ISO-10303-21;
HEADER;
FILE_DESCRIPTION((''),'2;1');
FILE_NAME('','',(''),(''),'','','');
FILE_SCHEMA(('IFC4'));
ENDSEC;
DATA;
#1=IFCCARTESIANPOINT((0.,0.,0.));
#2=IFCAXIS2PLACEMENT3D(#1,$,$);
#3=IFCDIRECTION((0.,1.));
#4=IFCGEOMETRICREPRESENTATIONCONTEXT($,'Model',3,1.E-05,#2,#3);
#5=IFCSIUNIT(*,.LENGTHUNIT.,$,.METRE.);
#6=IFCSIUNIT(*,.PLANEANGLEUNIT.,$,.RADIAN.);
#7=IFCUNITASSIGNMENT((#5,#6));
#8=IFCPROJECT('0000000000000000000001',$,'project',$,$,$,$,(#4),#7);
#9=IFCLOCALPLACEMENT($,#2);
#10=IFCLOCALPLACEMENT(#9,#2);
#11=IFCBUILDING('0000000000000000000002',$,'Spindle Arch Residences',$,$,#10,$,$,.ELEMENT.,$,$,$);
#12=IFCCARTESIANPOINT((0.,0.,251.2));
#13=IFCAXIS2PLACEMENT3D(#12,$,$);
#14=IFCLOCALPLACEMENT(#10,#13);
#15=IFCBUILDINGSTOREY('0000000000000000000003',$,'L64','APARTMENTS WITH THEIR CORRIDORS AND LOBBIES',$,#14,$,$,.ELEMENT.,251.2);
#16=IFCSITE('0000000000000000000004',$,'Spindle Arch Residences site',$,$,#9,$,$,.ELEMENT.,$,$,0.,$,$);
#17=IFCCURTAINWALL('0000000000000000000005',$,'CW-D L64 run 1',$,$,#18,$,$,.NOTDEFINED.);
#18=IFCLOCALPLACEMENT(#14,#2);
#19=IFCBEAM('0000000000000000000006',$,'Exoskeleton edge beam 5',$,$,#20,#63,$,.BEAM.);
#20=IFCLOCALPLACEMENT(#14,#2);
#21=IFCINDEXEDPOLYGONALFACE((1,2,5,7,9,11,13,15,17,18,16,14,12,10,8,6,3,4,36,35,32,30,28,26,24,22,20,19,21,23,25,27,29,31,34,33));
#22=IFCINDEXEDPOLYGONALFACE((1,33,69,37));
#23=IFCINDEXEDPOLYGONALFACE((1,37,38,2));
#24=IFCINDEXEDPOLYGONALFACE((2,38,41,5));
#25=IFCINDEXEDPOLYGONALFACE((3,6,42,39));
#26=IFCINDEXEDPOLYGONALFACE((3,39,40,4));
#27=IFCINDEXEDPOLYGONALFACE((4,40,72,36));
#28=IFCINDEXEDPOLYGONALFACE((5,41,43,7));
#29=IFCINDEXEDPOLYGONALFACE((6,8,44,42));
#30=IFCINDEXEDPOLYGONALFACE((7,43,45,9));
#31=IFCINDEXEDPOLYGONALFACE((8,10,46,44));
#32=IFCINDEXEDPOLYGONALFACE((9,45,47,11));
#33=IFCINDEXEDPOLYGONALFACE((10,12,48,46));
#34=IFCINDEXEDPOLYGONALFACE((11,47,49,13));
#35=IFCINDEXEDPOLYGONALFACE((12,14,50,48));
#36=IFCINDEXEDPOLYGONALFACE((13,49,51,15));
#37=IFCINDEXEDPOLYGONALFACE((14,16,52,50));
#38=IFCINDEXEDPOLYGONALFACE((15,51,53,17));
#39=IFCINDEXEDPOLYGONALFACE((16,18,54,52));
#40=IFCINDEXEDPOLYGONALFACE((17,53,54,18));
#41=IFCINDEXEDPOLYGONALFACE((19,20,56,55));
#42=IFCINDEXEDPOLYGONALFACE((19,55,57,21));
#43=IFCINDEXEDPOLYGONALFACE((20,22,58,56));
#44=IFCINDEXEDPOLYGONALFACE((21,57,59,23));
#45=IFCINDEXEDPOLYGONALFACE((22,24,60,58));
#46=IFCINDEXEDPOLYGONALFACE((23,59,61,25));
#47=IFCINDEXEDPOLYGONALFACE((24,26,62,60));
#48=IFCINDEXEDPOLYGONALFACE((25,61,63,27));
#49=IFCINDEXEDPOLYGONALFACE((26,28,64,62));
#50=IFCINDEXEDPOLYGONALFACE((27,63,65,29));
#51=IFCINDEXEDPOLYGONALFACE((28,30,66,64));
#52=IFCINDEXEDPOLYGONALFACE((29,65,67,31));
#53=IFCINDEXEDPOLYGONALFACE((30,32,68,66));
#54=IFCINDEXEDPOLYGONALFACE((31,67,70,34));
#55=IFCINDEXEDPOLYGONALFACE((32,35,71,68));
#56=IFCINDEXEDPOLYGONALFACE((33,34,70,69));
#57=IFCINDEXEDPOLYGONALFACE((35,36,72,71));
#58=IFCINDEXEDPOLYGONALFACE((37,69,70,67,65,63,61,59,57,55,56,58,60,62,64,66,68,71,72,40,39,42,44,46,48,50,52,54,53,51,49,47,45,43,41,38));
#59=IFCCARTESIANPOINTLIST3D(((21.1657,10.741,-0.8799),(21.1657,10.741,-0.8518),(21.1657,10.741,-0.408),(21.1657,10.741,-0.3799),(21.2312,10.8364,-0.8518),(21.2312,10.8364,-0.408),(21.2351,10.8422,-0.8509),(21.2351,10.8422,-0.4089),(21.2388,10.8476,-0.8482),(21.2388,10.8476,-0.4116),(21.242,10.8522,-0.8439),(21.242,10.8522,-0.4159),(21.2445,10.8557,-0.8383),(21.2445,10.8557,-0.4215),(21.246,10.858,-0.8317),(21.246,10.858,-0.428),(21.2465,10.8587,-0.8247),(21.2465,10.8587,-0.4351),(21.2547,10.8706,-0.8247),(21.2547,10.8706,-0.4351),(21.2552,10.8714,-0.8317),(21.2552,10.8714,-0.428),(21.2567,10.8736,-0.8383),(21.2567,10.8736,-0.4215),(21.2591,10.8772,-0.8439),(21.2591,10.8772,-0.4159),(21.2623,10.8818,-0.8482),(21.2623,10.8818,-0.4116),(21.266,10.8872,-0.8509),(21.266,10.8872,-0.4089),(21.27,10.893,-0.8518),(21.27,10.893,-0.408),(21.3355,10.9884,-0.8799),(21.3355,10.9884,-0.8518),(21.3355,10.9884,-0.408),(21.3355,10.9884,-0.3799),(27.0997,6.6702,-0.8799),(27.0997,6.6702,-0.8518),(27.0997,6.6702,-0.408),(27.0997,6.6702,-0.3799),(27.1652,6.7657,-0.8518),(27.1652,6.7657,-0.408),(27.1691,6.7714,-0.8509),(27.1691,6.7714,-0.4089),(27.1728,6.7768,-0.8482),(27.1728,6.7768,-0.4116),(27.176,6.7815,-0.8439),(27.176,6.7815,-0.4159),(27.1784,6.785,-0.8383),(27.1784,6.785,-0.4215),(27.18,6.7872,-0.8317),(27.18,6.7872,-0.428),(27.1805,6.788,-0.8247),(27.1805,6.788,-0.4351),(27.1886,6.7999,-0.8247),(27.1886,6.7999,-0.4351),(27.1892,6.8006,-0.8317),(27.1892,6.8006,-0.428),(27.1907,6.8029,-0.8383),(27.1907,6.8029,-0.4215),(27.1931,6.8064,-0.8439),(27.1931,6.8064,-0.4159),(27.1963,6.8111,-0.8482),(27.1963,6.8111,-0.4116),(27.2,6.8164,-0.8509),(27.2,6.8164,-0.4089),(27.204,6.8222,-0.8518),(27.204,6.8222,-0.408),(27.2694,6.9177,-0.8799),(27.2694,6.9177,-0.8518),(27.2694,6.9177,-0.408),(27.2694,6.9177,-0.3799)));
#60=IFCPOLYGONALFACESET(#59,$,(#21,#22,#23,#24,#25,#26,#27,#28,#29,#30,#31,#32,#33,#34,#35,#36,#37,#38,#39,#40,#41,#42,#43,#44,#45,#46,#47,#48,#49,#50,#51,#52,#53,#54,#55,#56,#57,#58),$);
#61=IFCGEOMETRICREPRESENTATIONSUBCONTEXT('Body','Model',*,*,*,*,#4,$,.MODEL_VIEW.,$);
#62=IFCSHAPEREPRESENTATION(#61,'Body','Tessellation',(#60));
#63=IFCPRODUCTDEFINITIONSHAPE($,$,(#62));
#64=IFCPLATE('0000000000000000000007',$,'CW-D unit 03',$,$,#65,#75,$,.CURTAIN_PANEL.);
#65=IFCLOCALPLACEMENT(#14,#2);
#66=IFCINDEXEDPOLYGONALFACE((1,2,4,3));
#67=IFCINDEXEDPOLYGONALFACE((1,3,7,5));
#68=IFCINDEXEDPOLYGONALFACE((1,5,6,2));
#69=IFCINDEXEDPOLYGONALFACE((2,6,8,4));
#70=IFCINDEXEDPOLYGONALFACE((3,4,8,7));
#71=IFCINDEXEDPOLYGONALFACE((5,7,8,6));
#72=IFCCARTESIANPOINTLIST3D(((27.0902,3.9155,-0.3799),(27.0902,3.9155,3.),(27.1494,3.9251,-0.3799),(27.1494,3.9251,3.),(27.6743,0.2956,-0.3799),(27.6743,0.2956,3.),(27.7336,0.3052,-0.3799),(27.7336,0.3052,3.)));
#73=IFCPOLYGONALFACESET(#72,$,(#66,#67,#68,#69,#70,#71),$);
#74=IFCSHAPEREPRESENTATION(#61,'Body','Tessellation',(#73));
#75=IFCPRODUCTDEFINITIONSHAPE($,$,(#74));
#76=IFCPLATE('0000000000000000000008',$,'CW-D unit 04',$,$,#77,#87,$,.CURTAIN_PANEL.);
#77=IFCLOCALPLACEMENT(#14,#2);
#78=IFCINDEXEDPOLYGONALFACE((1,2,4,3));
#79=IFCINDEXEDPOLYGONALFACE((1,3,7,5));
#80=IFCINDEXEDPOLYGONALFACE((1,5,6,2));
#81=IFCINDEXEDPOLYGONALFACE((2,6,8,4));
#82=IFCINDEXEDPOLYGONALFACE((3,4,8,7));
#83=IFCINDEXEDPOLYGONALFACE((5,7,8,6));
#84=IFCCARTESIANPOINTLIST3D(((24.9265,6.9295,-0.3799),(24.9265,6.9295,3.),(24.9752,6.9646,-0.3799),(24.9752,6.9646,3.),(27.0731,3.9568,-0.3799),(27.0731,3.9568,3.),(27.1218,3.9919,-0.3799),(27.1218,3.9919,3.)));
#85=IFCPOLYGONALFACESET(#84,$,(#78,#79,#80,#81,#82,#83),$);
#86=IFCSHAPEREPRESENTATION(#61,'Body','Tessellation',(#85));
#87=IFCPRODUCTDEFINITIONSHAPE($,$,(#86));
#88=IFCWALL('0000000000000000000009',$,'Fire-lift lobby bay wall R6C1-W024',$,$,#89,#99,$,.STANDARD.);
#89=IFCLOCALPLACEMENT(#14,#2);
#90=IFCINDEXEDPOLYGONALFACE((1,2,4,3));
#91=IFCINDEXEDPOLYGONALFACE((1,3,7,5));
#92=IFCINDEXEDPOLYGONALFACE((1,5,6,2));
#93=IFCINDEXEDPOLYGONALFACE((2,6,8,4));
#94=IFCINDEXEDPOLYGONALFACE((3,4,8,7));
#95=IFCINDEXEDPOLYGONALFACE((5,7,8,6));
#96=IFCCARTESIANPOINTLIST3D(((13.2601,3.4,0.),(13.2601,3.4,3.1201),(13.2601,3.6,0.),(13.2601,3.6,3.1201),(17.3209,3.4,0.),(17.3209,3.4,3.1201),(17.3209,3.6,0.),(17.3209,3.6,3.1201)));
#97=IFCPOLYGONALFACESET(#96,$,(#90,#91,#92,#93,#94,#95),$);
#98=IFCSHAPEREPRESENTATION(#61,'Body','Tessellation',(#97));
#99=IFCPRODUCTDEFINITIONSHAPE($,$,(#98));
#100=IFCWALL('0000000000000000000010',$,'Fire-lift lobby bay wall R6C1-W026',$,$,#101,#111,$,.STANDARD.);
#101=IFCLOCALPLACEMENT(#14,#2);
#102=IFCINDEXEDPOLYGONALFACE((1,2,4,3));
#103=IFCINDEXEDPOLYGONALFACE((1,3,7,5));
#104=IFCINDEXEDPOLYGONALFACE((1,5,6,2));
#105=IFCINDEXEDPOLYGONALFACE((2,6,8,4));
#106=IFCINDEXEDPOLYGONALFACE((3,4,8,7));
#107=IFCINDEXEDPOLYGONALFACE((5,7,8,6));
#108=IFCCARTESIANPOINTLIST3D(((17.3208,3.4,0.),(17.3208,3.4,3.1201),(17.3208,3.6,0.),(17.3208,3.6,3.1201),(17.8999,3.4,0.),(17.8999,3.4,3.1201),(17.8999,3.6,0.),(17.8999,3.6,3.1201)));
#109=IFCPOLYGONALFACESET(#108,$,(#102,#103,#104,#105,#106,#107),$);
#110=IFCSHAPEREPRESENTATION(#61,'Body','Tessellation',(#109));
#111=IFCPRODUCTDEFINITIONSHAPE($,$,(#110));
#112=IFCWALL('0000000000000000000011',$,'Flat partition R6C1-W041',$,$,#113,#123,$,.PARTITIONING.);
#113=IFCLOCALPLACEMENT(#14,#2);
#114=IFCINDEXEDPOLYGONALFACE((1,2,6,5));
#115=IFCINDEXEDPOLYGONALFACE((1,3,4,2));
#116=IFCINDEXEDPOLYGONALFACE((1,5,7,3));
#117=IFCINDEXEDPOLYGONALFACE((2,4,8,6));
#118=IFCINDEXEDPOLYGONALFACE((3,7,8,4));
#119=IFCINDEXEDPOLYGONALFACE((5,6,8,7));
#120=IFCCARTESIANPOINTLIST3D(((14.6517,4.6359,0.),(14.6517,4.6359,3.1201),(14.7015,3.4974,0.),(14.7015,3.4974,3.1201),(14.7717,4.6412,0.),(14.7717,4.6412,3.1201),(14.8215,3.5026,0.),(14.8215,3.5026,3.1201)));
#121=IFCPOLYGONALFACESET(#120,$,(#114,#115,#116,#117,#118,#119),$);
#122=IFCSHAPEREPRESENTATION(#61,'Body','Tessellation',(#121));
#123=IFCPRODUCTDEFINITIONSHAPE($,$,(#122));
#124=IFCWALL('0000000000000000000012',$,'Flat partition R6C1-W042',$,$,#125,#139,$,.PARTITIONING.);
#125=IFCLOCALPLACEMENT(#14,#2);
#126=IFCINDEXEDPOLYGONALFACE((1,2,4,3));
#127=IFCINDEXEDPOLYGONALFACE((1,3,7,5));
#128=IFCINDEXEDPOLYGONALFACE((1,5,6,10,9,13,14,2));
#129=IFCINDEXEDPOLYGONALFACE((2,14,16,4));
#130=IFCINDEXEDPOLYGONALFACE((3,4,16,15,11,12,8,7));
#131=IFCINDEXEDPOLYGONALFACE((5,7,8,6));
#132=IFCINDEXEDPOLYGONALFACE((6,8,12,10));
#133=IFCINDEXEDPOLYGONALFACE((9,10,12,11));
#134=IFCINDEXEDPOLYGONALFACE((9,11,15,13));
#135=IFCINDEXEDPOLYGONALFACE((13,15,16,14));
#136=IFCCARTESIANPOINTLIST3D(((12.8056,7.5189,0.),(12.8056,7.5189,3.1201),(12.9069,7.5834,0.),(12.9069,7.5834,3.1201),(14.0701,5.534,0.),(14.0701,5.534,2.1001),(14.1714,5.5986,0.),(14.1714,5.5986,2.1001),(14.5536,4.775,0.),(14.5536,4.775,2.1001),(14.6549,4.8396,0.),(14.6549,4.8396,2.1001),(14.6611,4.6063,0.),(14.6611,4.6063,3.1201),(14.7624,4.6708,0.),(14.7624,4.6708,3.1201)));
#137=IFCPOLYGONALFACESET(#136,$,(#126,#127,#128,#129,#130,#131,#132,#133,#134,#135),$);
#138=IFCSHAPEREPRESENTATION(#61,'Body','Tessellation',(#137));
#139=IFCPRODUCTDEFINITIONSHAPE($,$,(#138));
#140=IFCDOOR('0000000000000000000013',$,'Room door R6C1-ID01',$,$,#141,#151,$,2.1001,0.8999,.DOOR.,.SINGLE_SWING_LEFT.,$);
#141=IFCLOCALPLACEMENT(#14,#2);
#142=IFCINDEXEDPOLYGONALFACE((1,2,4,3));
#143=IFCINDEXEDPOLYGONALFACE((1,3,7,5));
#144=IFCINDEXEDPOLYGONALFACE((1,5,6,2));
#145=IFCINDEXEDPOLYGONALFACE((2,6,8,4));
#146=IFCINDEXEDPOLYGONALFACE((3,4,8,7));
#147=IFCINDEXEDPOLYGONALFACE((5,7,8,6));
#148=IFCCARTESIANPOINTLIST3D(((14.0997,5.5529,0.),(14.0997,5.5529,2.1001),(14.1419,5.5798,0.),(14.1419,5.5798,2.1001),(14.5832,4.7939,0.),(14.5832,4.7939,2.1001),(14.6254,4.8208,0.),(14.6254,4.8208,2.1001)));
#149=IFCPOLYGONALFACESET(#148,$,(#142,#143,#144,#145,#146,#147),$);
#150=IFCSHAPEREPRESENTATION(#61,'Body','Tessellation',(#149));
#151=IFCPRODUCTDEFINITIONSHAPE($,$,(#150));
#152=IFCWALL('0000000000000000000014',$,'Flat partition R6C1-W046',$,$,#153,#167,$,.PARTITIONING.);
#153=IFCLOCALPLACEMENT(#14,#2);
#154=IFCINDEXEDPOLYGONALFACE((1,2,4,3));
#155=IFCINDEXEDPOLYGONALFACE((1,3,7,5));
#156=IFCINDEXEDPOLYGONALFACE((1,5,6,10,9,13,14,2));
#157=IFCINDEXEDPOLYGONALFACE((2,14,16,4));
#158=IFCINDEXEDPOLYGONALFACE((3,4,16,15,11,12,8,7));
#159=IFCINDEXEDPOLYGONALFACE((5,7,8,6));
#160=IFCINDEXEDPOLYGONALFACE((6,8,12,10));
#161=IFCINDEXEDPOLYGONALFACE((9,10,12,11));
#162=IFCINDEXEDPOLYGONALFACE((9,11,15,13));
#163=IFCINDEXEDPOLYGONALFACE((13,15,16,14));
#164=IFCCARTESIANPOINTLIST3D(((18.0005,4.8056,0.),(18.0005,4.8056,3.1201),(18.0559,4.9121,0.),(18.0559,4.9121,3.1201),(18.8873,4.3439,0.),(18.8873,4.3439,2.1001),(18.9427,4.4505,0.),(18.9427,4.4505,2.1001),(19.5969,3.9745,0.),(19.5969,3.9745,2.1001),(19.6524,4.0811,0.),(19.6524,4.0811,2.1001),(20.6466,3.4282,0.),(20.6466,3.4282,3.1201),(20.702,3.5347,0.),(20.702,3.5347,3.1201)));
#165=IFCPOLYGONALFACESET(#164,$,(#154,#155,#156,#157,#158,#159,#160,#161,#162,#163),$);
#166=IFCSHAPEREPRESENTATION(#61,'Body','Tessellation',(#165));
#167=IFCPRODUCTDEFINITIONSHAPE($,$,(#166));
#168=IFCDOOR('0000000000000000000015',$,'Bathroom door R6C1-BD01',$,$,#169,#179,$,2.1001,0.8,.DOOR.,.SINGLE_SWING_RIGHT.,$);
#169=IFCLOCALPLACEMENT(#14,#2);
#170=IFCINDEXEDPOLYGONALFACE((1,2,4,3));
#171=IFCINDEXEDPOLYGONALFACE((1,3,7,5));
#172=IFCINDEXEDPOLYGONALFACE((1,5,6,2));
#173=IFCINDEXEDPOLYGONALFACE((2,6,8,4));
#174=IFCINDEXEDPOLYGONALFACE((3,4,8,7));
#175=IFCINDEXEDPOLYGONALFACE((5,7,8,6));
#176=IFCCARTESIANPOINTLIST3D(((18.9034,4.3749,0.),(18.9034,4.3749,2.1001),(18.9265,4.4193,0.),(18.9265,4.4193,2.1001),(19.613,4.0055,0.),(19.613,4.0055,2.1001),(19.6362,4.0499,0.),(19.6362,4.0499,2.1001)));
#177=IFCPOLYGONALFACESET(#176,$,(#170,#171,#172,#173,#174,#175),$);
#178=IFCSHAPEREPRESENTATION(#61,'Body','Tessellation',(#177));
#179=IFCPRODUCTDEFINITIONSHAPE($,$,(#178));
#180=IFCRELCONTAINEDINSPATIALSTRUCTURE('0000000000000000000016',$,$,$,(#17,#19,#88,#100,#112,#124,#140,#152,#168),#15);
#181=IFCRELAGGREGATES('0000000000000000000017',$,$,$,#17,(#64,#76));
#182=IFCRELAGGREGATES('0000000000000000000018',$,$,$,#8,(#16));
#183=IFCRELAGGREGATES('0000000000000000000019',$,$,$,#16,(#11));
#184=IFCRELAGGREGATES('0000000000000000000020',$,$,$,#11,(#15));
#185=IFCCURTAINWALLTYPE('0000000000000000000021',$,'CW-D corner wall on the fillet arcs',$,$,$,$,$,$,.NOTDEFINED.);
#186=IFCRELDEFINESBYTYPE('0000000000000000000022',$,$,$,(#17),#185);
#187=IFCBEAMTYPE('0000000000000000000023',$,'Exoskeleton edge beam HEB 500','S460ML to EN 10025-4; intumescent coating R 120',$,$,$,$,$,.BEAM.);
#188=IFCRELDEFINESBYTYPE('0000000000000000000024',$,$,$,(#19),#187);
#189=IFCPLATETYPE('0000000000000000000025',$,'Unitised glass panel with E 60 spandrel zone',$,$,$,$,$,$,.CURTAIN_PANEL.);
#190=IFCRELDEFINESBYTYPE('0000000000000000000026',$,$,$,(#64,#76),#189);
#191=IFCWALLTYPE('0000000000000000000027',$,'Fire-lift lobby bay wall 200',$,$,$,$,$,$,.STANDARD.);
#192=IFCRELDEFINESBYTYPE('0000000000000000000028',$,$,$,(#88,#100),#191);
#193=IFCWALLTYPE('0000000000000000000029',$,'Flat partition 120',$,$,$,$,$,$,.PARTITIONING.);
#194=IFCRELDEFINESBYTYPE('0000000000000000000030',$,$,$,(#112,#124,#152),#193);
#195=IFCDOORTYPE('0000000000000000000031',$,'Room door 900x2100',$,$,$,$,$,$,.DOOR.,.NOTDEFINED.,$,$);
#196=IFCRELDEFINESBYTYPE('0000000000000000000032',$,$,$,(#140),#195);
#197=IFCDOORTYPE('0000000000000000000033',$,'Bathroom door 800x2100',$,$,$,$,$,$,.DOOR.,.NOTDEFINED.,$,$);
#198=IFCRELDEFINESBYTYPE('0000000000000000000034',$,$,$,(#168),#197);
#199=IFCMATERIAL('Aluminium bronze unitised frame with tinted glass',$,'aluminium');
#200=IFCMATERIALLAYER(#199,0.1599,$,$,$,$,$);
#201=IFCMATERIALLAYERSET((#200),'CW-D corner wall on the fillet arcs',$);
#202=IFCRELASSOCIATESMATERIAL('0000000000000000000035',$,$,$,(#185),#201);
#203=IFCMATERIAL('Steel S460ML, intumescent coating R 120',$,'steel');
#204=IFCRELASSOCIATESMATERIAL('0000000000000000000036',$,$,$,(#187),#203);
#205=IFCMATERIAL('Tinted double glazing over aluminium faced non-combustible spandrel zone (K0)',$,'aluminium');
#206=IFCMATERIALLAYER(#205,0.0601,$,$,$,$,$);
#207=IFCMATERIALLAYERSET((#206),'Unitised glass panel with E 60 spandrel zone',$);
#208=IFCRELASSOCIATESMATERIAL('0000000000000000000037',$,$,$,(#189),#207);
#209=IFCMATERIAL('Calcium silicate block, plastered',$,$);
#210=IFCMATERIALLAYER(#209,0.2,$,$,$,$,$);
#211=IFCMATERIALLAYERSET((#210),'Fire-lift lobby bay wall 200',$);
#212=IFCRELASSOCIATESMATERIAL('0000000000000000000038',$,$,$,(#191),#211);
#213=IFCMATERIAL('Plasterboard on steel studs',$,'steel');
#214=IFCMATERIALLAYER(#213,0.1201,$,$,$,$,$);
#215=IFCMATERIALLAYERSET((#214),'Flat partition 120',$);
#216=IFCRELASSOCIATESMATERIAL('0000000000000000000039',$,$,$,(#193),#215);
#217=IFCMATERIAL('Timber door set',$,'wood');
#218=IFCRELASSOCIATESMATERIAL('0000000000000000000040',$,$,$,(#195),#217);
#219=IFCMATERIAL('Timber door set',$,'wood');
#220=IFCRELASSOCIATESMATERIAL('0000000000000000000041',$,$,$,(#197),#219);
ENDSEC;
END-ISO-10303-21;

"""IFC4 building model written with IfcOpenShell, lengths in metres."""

from ifc_helpers import new_model, si_unit, direction, frame, frame_2d, origin, origin_2d, place, context, subcontext, project, spatial, rectangle, i_section, extrude, material, layer, layer_set, material_profile, profile_set, type_object, element, fill, aggregate, save


model = new_model("IFC4")

# Units and contexts
model_context = context("Model", 3, precision=1e-05, world=origin(), true_north=direction((0.0, 1.0)))
body_context = subcontext(model_context, "Body", "Model", "MODEL_VIEW")
ifc_project = project(units=[si_unit("LENGTHUNIT", "METRE"), si_unit("PLANEANGLEUNIT", "RADIAN")], contexts=[model_context])

# Site, building, storey
site_placement = place(None, origin())
site = spatial("IfcSite", under=ifc_project, at=site_placement, Name="Spindle Arch Residences site", CompositionType="ELEMENT", RefElevation=0.0)
building_placement = place(site_placement, origin())
building = spatial("IfcBuilding", under=site, at=building_placement, Name="Spindle Arch Residences", CompositionType="ELEMENT")
storey_placement = place(building_placement, frame((0.0, 0.0, 251.2)))
storey = spatial("IfcBuildingStorey", under=building, at=storey_placement, Name="L64", Description="APARTMENTS WITH THEIR CORRIDORS AND LOBBIES", CompositionType="ELEMENT", Elevation=251.2)

# Curtain wall
ifc_material_1 = material(Name="Aluminium bronze unitised frame with tinted glass", Category="aluminium")
ifc_layer_1 = layer(ifc_material_1, 0.1599)
ifc_layer_set_1 = layer_set([ifc_layer_1], Name="CW-D corner wall on the fillet arcs")
curtain_wall_type = type_object("IfcCurtainWallType", Name="CW-D corner wall on the fillet arcs", PredefinedType="NOTDEFINED", material=ifc_layer_set_1)
curtain_wall_placement = place(storey_placement, origin())
curtain_wall = element("IfcCurtainWall", 1, at=curtain_wall_placement, inside=storey, type_object=curtain_wall_type, Name="CW-D L64 run 1", PredefinedType="NOTDEFINED")

# Beam
ifc_material_2 = material(Name="Steel S460ML, intumescent coating R 120", Category="steel")
ifc_material_profile_1 = material_profile(ifc_material_2, i_section(OverallWidth=0.3, OverallDepth=0.5, WebThickness=0.0144, FlangeThickness=0.0281, FilletRadius=0.0271, at=origin_2d()), Name="HEB 500")
ifc_profile_set_1 = profile_set([ifc_material_profile_1], Name="Steel S460ML, intumescent coating R 120")
beam_type = type_object("IfcBeamType", Name="Exoskeleton edge beam HEB 500", Description="S460ML to EN 10025-4; intumescent coating R 120", PredefinedType="BEAM", material=ifc_profile_set_1)
beam_placement = place(storey_placement, frame((27.1846, 6.7939, -0.6299), z_axis=(-0.824618, 0.565691, 0.0), x_axis=(-0.565691, -0.824618, 0.0)))
element("IfcBeam", 2, at=beam_placement, inside=storey, type_object=beam_type, Name="Exoskeleton edge beam 5", PredefinedType="BEAM", context=body_context, shape_type="SweptSolid", body=[
    extrude(i_section(OverallWidth=0.3, OverallDepth=0.5, WebThickness=0.0144, FlangeThickness=0.0281, FilletRadius=0.0271, at=origin_2d()), origin(), (0.0, 0.0, 1.0), 7.196),
])

# Plates
ifc_material_3 = material(Name="Tinted double glazing over aluminium faced non-combustible spandrel zone (K0)", Category="aluminium")
ifc_layer_2 = layer(ifc_material_3, 0.0601)
ifc_layer_set_2 = layer_set([ifc_layer_2], Name="Unitised glass panel with E 60 spandrel zone")
plate_type = type_object("IfcPlateType", Name="Unitised glass panel with E 60 spandrel zone", PredefinedType="CURTAIN_PANEL", material=ifc_layer_set_2)
plate_1_placement = place(storey_placement, frame((27.4119, 2.1104, -0.3799), z_axis=(0.0, 0.0, 1.0), x_axis=(-0.159307, 0.987229, 0.0)))
plate_1 = element("IfcPlate", 3, at=plate_1_placement, type_object=plate_type, Name="CW-D unit 03", PredefinedType="CURTAIN_PANEL", context=body_context, shape_type="SweptSolid", body=[
    extrude(rectangle(XDim=3.6667, YDim=0.0601, at=origin_2d()), origin(), (0.0, 0.0, 1.0), 3.3799),
])
plate_2_placement = place(storey_placement, frame((26.0242, 5.4607, -0.3799), z_axis=(0.0, 0.0, 1.0), x_axis=(-0.585429, 0.810723, 0.0)))
plate_2 = element("IfcPlate", 4, at=plate_2_placement, type_object=plate_type, Name="CW-D unit 04", PredefinedType="CURTAIN_PANEL", context=body_context, shape_type="SweptSolid", body=[
    extrude(rectangle(XDim=3.6667, YDim=0.0601, at=origin_2d()), origin(), (0.0, 0.0, 1.0), 3.3799),
])
aggregate(curtain_wall, [plate_1, plate_2])

# Walls
ifc_material_4 = material(Name="Calcium silicate block, plastered")
ifc_layer_3 = layer(ifc_material_4, 0.2)
ifc_layer_set_3 = layer_set([ifc_layer_3], Name="Fire-lift lobby bay wall 200")
wall_type_1 = type_object("IfcWallType", Name="Fire-lift lobby bay wall 200", PredefinedType="STANDARD", material=ifc_layer_set_3)
wall_1_placement = place(storey_placement, frame((17.3208, 3.5, 0.0), z_axis=(0.0, 0.0, 1.0), x_axis=(-1.0, 0.0, 0.0)))
element("IfcWall", 5, at=wall_1_placement, inside=storey, type_object=wall_type_1, Name="Fire-lift lobby bay wall R6C1-W024", PredefinedType="STANDARD", context=body_context, shape_type="SweptSolid", body=[
    extrude(rectangle(XDim=4.0608, YDim=0.2, at=frame_2d((2.0303, 0.0))), origin(), (0.0, 0.0, 1.0), 3.1201),
])
wall_2_placement = place(storey_placement, frame((17.8999, 3.5, 0.0), z_axis=(0.0, 0.0, 1.0), x_axis=(-1.0, 0.0, 0.0)))
element("IfcWall", 6, at=wall_2_placement, inside=storey, type_object=wall_type_1, Name="Fire-lift lobby bay wall R6C1-W026", PredefinedType="STANDARD", context=body_context, shape_type="SweptSolid", body=[
    extrude(rectangle(XDim=0.5791, YDim=0.2, at=frame_2d((0.2896, 0.0))), origin(), (0.0, 0.0, 1.0), 3.1201),
])
ifc_material_5 = material(Name="Plasterboard on steel studs", Category="steel")
ifc_layer_4 = layer(ifc_material_5, 0.1201)
ifc_layer_set_4 = layer_set([ifc_layer_4], Name="Flat partition 120")
wall_type_2 = type_object("IfcWallType", Name="Flat partition 120", PredefinedType="PARTITIONING", material=ifc_layer_set_4)
wall_3_placement = place(storey_placement, frame((14.7615, 3.5, 0.0), z_axis=(0.0, 0.0, 1.0), x_axis=(-0.043698, 0.999045, 0.0)))
element("IfcWall", 7, at=wall_3_placement, inside=storey, type_object=wall_type_2, Name="Flat partition R6C1-W041", PredefinedType="PARTITIONING", context=body_context, shape_type="SweptSolid", body=[
    extrude(rectangle(XDim=1.1396, YDim=0.1201, at=frame_2d((0.5698, 0.0))), origin(), (0.0, 0.0, 1.0), 3.1201),
])

# Walls, openings, doors
wall_4_placement = place(storey_placement, frame((14.7117, 4.6387, 0.0), z_axis=(0.0, 0.0, 1.0), x_axis=(-0.537287, 0.843399, 0.0)))
wall_4 = element("IfcWall", 8, at=wall_4_placement, inside=storey, type_object=wall_type_2, Name="Flat partition R6C1-W042", PredefinedType="PARTITIONING", context=body_context, shape_type="SweptSolid", body=[
    extrude(rectangle(XDim=3.4534, YDim=0.1201, at=frame_2d((1.7266, 0.0))), origin(), (0.0, 0.0, 1.0), 3.1201),
])
opening_1_placement = place(wall_4_placement, frame((0.2, 0.0, 0.0)))
opening_1 = element("IfcOpeningElement", 9, at=opening_1_placement, cuts=wall_4, PredefinedType="OPENING", context=body_context, shape_type="SweptSolid", body=[
    extrude(rectangle(XDim=0.8999, YDim=2.1001, at=frame_2d((0.45, 1.05))), frame((0.0, 0.0701, 0.0), z_axis=(0.0, -1.0, 0.0), x_axis=(1.0, 0.0, 0.0)), (0.0, 0.0, 1.0), 0.1401),
])
ifc_material_6 = material(Name="Timber door set", Category="wood")
door_type_1 = type_object("IfcDoorType", Name="Room door 900x2100", OperationType="NOTDEFINED", PredefinedType="DOOR", material=ifc_material_6)
door_1_placement = place(opening_1_placement, origin())
door_1 = element("IfcDoor", 10, at=door_1_placement, inside=storey, type_object=door_type_1, Name="Room door R6C1-ID01", OperationType="SINGLE_SWING_LEFT", OverallHeight=2.1001, OverallWidth=0.8999, PredefinedType="DOOR", context=body_context, shape_type="SweptSolid", body=[
    extrude(rectangle(XDim=0.8999, YDim=2.1001, at=frame_2d((0.45, 1.05))), frame((0.0, 0.0249, 0.0), z_axis=(0.0, -1.0, 0.0), x_axis=(1.0, 0.0, 0.0)), (0.0, 0.0, 1.0), 0.05),
])
fill(opening_1, door_1)
wall_5_placement = place(storey_placement, frame((18.0281, 4.8589, 0.0), z_axis=(0.0, 0.0, 1.0), x_axis=(0.887025, -0.461721, 0.0)))
wall_5 = element("IfcWall", 11, at=wall_5_placement, inside=storey, type_object=wall_type_2, Name="Flat partition R6C1-W046", PredefinedType="PARTITIONING", context=body_context, shape_type="SweptSolid", body=[
    extrude(rectangle(XDim=2.9832, YDim=0.1201, at=frame_2d((1.4917, 0.0))), origin(), (0.0, 0.0, 1.0), 3.1201),
])
opening_2_placement = place(wall_5_placement, frame((1.0, 0.0, 0.0)))
opening_2 = element("IfcOpeningElement", 12, at=opening_2_placement, cuts=wall_5, PredefinedType="OPENING", context=body_context, shape_type="SweptSolid", body=[
    extrude(rectangle(XDim=0.8, YDim=2.1001, at=frame_2d((0.3999, 1.05))), frame((0.0, 0.0701, 0.0), z_axis=(0.0, -1.0, 0.0), x_axis=(1.0, 0.0, 0.0)), (0.0, 0.0, 1.0), 0.1401),
])
ifc_material_7 = material(Name="Timber door set", Category="wood")
door_type_2 = type_object("IfcDoorType", Name="Bathroom door 800x2100", OperationType="NOTDEFINED", PredefinedType="DOOR", material=ifc_material_7)
door_2_placement = place(opening_2_placement, origin())
door_2 = element("IfcDoor", 13, at=door_2_placement, inside=storey, type_object=door_type_2, Name="Bathroom door R6C1-BD01", OperationType="SINGLE_SWING_RIGHT", OverallHeight=2.1001, OverallWidth=0.8, PredefinedType="DOOR", context=body_context, shape_type="SweptSolid", body=[
    extrude(rectangle(XDim=0.8, YDim=2.1001, at=frame_2d((0.3999, 1.05))), frame((0.0, 0.0249, 0.0), z_axis=(0.0, -1.0, 0.0), x_axis=(1.0, 0.0, 0.0)), (0.0, 0.0, 1.0), 0.05),
])
fill(opening_2, door_2)

save(model, "model.ifc")
